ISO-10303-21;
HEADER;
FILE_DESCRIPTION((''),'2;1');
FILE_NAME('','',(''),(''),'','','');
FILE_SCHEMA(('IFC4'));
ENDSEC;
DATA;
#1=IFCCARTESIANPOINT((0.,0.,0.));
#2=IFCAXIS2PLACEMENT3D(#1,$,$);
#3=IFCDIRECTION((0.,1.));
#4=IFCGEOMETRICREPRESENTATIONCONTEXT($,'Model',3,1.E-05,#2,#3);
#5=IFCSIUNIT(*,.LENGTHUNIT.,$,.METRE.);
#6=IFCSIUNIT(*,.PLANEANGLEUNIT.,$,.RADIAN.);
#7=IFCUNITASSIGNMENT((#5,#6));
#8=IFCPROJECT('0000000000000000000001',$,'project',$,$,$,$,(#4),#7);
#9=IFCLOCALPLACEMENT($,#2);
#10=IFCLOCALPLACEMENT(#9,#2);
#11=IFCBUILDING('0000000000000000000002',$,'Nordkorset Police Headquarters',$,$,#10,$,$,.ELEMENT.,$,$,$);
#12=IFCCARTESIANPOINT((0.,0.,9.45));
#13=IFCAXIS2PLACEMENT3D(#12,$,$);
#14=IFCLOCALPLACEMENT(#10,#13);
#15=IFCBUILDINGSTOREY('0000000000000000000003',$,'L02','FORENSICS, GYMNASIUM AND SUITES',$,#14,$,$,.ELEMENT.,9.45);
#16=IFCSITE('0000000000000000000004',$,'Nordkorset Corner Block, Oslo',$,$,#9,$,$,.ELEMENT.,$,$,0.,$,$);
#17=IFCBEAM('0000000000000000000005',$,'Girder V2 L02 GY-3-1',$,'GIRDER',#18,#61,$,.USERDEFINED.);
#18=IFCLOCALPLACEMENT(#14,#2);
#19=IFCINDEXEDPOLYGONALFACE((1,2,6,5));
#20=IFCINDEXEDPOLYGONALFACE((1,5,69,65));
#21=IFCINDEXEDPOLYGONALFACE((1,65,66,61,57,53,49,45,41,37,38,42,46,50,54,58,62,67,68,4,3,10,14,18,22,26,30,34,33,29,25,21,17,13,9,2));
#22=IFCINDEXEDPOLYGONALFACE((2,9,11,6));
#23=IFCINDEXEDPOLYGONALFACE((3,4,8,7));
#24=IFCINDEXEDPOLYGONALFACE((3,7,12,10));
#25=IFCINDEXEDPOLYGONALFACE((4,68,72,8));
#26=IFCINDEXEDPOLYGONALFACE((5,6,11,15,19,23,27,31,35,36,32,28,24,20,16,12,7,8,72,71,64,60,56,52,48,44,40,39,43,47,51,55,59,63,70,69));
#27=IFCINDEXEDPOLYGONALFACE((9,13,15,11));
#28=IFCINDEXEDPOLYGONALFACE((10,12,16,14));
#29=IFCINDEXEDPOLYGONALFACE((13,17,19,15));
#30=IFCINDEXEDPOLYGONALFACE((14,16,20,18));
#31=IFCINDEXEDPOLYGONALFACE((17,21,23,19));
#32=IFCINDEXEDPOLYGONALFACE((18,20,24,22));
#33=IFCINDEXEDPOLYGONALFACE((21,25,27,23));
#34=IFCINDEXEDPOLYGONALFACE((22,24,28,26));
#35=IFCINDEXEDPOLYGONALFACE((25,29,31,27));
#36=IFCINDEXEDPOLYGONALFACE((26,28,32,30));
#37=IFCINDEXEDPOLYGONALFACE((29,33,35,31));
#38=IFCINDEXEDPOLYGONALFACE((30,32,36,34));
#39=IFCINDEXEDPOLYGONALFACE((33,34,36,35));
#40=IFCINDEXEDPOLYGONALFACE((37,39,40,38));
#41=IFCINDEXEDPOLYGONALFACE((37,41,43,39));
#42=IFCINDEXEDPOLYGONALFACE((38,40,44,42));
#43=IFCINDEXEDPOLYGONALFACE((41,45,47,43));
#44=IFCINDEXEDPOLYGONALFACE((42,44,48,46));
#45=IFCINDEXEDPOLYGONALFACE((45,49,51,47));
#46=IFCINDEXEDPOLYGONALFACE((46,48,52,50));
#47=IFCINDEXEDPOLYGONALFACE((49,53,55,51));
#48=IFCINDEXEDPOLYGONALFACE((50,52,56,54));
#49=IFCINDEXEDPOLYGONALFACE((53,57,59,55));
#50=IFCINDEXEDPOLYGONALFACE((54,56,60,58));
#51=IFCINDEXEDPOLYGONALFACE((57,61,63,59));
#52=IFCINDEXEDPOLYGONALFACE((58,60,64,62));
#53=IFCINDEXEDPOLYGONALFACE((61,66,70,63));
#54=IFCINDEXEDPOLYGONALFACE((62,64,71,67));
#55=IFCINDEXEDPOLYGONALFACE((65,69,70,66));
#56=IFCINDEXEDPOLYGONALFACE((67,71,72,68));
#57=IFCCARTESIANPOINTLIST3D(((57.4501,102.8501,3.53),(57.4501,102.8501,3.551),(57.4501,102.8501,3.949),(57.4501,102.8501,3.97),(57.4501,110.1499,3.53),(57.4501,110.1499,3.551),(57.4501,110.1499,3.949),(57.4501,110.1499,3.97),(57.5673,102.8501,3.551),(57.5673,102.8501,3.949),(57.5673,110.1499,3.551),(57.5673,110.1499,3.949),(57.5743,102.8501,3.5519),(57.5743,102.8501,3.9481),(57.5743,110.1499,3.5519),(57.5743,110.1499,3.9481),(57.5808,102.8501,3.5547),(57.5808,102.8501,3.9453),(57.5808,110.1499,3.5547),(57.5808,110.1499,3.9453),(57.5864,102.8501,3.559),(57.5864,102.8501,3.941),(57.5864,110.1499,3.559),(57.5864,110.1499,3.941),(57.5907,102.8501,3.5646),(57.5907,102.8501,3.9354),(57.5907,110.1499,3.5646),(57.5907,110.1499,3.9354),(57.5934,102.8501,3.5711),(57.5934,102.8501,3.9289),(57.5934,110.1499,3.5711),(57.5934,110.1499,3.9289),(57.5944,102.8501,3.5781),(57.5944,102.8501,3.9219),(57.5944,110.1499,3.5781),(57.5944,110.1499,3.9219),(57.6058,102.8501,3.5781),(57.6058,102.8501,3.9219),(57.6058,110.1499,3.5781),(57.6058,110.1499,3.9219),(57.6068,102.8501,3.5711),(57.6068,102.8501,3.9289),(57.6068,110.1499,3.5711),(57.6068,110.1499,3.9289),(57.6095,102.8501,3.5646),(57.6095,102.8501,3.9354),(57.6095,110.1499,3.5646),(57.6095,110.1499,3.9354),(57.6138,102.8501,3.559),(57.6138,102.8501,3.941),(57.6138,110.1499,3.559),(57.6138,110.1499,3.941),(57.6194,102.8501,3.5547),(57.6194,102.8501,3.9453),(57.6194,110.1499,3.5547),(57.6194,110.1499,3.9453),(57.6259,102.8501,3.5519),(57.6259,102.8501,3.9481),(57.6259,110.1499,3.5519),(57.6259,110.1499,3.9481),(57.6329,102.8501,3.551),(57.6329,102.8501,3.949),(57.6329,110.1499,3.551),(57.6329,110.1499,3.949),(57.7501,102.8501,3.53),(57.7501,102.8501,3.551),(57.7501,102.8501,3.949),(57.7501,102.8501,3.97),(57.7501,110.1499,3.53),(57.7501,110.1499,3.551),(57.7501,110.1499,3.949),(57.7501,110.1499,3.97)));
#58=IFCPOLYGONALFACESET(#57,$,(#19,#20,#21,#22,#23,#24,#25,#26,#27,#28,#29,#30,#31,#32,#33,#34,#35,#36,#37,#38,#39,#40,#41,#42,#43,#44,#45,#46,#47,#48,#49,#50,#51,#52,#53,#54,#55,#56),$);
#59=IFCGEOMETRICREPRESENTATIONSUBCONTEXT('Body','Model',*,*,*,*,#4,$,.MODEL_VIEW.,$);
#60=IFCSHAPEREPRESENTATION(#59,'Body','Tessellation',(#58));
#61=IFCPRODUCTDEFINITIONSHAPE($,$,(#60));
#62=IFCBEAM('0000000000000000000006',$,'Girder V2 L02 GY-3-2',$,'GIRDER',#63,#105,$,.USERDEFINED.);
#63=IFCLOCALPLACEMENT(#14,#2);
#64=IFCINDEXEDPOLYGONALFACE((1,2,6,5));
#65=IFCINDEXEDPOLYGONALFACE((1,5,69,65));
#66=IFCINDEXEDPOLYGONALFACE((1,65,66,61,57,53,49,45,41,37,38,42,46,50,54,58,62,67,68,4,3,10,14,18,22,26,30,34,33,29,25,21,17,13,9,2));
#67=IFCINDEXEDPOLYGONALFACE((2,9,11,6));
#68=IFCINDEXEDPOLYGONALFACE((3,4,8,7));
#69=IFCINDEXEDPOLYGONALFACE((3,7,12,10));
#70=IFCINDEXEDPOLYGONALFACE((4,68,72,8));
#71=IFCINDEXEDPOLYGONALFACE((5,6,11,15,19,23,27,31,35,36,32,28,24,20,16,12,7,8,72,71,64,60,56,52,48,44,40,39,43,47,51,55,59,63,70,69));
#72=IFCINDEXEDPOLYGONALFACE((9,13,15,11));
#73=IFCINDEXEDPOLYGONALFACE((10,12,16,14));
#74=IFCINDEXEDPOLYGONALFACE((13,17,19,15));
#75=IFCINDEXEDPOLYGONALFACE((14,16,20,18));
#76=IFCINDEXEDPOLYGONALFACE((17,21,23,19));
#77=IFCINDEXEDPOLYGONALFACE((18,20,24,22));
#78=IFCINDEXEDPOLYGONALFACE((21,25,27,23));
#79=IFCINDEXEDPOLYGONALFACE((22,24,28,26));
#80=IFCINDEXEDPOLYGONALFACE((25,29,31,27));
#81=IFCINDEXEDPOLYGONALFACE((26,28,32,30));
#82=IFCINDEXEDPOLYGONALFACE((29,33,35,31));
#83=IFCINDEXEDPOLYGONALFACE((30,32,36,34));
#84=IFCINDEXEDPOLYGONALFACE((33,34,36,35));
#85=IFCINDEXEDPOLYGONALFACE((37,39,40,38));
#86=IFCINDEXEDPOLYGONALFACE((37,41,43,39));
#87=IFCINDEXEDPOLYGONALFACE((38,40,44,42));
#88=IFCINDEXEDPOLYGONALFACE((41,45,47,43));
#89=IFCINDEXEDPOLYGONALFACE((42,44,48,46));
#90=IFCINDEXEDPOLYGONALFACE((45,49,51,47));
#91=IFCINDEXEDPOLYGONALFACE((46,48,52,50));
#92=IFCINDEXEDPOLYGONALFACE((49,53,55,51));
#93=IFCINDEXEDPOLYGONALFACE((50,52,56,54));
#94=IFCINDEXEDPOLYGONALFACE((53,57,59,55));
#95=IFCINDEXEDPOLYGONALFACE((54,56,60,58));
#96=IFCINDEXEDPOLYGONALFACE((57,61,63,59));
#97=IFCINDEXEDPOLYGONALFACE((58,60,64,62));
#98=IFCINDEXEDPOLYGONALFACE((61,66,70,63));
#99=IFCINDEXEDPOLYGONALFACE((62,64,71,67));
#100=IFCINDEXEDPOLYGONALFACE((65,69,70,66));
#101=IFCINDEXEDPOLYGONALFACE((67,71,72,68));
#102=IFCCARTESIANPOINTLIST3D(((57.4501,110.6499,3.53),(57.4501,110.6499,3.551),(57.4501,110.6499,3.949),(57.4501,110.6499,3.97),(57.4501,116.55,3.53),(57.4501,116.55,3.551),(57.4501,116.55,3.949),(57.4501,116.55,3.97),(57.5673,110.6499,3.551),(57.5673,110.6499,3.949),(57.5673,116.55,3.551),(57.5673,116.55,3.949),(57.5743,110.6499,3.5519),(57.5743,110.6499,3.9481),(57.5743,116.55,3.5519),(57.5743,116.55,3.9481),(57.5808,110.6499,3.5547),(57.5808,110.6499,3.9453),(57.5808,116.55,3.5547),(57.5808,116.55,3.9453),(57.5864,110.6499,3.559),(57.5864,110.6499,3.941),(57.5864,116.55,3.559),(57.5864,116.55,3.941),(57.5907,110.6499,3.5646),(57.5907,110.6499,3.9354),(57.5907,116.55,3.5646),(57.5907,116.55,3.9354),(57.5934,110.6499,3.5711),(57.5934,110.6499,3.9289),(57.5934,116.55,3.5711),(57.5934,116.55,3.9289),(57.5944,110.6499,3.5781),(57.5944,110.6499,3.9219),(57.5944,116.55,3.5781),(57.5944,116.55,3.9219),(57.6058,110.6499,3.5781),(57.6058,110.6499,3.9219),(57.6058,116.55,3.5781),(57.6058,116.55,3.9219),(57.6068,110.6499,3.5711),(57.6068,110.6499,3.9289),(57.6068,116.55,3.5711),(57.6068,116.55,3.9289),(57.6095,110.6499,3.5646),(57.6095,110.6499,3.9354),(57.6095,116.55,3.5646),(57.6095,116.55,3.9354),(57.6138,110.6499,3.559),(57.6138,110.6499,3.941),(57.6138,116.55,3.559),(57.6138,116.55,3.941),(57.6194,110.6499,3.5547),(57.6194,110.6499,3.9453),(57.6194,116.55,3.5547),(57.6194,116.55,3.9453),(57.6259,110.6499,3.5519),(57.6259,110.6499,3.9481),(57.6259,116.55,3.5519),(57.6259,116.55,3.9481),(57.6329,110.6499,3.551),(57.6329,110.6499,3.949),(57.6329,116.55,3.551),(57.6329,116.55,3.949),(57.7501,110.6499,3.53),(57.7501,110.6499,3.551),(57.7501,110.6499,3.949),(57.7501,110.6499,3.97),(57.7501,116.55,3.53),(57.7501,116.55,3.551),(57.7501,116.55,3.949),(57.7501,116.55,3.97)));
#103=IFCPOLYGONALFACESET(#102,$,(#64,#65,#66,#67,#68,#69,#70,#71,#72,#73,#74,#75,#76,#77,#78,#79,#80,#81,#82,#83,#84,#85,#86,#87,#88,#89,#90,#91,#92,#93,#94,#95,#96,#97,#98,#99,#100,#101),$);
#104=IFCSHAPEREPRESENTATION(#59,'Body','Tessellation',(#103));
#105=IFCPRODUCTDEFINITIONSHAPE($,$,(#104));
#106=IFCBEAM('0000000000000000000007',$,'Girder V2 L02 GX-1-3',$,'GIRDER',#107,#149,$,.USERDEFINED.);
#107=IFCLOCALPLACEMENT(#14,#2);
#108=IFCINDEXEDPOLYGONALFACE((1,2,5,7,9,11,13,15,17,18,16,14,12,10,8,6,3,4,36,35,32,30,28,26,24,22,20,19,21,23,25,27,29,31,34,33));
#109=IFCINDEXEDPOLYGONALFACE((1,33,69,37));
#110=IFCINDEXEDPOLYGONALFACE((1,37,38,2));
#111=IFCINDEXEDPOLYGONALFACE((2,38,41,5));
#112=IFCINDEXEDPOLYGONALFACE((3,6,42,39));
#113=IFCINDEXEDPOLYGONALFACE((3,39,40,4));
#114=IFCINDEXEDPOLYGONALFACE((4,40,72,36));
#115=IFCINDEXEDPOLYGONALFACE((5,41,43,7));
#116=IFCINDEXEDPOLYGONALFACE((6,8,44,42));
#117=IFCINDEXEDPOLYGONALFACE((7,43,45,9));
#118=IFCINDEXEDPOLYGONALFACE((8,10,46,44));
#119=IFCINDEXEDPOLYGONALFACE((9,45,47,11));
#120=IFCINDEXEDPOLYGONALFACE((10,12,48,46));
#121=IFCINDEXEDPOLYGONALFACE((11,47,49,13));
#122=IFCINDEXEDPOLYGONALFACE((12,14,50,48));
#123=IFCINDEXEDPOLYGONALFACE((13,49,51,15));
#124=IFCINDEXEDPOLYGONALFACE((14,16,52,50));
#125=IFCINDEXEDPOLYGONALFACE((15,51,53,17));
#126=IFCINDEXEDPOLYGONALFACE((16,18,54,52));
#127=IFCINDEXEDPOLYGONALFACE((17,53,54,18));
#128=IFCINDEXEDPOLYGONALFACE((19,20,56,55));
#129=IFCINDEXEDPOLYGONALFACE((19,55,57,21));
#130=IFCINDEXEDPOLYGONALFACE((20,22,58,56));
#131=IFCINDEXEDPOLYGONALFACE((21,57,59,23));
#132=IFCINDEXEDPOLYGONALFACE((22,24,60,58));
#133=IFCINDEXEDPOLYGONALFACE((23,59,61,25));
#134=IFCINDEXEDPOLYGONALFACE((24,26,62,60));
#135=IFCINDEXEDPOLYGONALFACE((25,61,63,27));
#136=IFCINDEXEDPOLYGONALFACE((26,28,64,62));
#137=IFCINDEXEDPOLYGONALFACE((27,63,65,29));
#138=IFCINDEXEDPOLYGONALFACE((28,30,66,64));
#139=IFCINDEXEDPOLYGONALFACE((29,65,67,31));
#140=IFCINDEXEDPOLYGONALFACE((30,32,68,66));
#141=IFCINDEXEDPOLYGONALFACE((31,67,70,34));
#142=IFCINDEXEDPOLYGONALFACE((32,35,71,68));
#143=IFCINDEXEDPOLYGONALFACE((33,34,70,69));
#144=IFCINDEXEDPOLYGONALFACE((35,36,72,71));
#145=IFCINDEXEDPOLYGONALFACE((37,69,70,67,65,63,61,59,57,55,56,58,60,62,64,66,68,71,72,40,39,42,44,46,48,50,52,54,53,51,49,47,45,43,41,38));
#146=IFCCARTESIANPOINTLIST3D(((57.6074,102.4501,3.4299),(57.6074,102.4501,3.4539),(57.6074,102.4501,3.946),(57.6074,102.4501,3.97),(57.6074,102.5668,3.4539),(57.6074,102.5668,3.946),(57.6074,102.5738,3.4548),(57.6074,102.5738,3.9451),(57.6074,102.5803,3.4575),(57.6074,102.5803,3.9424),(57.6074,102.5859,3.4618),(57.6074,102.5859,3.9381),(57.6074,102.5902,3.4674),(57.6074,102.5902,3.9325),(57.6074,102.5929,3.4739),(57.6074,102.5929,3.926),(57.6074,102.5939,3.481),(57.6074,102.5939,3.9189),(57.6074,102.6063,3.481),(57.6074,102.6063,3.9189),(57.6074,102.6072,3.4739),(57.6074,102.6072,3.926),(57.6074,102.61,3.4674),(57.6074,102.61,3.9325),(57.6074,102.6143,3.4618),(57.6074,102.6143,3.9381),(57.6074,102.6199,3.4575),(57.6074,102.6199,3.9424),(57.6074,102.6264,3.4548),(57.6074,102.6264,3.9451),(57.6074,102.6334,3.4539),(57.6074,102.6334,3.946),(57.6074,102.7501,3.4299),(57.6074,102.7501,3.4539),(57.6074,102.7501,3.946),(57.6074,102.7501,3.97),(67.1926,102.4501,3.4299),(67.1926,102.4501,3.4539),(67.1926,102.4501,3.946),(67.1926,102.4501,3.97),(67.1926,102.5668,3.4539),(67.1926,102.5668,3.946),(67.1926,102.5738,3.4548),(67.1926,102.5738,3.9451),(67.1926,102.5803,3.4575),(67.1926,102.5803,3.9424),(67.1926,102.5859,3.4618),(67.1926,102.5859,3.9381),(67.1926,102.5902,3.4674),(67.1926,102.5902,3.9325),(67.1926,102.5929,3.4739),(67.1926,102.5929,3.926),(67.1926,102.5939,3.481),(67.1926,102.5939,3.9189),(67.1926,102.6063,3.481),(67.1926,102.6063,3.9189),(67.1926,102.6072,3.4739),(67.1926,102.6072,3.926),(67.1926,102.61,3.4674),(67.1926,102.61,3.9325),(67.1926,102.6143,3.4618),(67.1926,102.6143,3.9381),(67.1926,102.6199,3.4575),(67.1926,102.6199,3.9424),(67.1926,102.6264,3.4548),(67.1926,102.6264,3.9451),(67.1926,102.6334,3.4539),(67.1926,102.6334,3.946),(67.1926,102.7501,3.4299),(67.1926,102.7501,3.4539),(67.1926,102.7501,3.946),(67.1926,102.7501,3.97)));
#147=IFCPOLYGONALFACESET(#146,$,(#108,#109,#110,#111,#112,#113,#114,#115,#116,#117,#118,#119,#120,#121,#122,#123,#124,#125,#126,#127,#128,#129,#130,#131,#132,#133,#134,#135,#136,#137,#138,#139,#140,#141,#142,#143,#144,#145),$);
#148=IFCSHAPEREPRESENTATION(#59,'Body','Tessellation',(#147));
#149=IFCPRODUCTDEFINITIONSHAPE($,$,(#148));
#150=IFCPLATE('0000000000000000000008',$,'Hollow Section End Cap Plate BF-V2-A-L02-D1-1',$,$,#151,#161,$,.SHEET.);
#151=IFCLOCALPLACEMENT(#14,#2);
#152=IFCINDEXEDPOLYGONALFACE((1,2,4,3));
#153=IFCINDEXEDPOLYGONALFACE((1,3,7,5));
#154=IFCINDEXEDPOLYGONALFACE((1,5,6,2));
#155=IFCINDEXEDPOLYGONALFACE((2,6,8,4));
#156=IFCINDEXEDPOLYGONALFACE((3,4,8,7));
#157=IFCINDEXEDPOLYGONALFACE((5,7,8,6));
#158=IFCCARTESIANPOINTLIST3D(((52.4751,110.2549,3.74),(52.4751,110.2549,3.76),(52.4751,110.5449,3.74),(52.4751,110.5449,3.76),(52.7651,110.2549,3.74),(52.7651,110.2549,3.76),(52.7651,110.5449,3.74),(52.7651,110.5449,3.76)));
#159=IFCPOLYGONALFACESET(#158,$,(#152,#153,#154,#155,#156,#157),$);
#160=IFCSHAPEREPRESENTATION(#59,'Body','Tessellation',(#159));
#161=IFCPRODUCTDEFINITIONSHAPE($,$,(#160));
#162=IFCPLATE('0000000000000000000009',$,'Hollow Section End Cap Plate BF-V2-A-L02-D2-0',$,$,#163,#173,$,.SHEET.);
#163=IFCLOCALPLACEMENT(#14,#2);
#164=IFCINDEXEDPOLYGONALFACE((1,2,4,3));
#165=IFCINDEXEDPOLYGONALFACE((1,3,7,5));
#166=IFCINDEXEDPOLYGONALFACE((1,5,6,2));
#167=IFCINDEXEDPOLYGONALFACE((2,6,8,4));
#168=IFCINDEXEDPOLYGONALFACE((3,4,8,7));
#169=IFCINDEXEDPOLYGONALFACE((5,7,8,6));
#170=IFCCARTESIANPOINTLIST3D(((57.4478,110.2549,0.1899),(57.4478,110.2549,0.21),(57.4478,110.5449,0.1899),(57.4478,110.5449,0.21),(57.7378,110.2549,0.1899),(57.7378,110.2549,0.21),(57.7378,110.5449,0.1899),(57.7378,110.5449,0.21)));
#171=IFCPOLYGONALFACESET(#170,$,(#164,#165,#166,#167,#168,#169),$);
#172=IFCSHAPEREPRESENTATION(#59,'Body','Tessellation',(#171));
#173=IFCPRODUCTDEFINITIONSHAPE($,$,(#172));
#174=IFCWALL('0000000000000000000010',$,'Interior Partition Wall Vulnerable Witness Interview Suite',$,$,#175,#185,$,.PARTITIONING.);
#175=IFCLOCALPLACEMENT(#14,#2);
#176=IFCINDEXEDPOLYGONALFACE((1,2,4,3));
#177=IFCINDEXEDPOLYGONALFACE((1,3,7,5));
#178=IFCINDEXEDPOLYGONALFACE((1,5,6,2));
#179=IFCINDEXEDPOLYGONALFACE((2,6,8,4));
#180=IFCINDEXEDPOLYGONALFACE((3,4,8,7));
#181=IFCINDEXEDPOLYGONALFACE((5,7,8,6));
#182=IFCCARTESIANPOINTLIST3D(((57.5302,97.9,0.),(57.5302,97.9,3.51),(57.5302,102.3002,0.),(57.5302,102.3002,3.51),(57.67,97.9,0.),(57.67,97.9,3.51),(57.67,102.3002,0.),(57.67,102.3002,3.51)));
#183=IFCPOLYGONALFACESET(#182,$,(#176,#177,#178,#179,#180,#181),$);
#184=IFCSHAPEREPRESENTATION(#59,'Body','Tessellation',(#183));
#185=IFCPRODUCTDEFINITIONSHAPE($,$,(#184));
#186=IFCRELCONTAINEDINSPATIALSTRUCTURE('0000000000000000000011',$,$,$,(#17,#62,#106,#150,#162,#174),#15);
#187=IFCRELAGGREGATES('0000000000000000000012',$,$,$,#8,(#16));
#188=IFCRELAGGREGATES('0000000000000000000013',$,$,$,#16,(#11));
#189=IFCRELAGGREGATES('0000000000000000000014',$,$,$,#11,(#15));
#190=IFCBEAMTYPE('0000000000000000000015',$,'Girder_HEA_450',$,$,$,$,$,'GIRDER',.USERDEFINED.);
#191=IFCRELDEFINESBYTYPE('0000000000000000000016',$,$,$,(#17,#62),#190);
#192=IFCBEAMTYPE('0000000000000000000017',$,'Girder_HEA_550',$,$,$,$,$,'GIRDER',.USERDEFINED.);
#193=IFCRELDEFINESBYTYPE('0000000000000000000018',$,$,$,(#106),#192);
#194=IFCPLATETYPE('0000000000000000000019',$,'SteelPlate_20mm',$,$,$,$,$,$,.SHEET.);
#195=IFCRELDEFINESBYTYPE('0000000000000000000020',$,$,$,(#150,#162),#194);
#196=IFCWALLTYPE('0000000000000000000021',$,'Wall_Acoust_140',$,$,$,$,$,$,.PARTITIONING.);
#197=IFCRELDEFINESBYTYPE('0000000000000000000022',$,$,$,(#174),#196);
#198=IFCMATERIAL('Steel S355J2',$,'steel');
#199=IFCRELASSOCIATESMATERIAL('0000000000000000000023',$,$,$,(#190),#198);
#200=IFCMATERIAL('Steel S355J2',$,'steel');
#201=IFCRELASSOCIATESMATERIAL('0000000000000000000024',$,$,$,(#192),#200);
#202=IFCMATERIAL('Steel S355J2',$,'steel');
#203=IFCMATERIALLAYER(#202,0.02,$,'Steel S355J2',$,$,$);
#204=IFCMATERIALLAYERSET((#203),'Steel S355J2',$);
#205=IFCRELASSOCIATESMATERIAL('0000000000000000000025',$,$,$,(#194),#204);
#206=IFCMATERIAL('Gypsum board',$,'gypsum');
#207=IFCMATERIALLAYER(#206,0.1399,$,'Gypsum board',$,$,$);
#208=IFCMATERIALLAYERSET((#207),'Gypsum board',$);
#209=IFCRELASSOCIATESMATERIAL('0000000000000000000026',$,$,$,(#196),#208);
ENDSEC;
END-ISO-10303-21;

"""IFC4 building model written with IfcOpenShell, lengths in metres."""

from ifc_helpers import new_model, si_unit, direction, frame, frame_2d, origin, origin_2d, place, context, subcontext, project, spatial, rectangle, i_section, extrude, material, layer, layer_set, material_profile, profile_set, type_object, element, save


model = new_model("IFC4")

# Units and contexts
model_context = context("Model", 3, precision=1e-05, world=origin(), true_north=direction((0.0, 1.0)))
body_context = subcontext(model_context, "Body", "Model", "MODEL_VIEW")
ifc_project = project(units=[si_unit("LENGTHUNIT", "METRE"), si_unit("PLANEANGLEUNIT", "RADIAN")], contexts=[model_context])

# Site, building, storey
site_placement = place(None, origin())
site = spatial("IfcSite", under=ifc_project, at=site_placement, Name="Nordkorset Corner Block, Oslo", CompositionType="ELEMENT", RefElevation=0.0)
building_placement = place(site_placement, origin())
building = spatial("IfcBuilding", under=site, at=building_placement, Name="Nordkorset Police Headquarters", CompositionType="ELEMENT")
storey_placement = place(building_placement, frame((0.0, 0.0, 9.45)))
storey = spatial("IfcBuildingStorey", under=building, at=storey_placement, Name="L02", Description="FORENSICS, GYMNASIUM AND SUITES", CompositionType="ELEMENT", Elevation=9.45)

# Beams
ifc_material_1 = material(Name="Steel S355J2", Category="steel")
ifc_material_profile_1 = material_profile(ifc_material_1, i_section(OverallWidth=0.3, OverallDepth=0.4399, WebThickness=0.0115, FlangeThickness=0.021, FilletRadius=0.0271, at=origin_2d()), Name="HEA 450")
ifc_profile_set_1 = profile_set([ifc_material_profile_1], Name="Steel S355J2")
beam_type_1 = type_object("IfcBeamType", Name="Girder_HEA_450", ElementType="GIRDER", PredefinedType="USERDEFINED", material=ifc_profile_set_1)
beam_1_placement = place(storey_placement, frame((57.6001, 102.8501, 3.75), z_axis=(0.0, 1.0, 0.0), x_axis=(-1.0, 0.0, 0.0)))
element("IfcBeam", 1, at=beam_1_placement, inside=storey, type_object=beam_type_1, Name="Girder V2 L02 GY-3-1", ObjectType="GIRDER", PredefinedType="USERDEFINED", context=body_context, shape_type="SweptSolid", body=[
    extrude(i_section(OverallWidth=0.3, OverallDepth=0.4399, WebThickness=0.0115, FlangeThickness=0.021, FilletRadius=0.0271, at=origin_2d()), origin(), (0.0, 0.0, 1.0), 7.2998),
])
beam_2_placement = place(storey_placement, frame((57.6001, 110.6499, 3.75), z_axis=(0.0, 1.0, 0.0), x_axis=(-1.0, 0.0, 0.0)))
element("IfcBeam", 2, at=beam_2_placement, inside=storey, type_object=beam_type_1, Name="Girder V2 L02 GY-3-2", ObjectType="GIRDER", PredefinedType="USERDEFINED", context=body_context, shape_type="SweptSolid", body=[
    extrude(i_section(OverallWidth=0.3, OverallDepth=0.4399, WebThickness=0.0115, FlangeThickness=0.021, FilletRadius=0.0271, at=origin_2d()), origin(), (0.0, 0.0, 1.0), 5.9001),
])
ifc_material_2 = material(Name="Steel S355J2", Category="steel")
ifc_material_profile_2 = material_profile(ifc_material_2, i_section(OverallWidth=0.3, OverallDepth=0.54, WebThickness=0.0125, FlangeThickness=0.0239, FilletRadius=0.0271, at=origin_2d()), Name="HEA 550")
ifc_profile_set_2 = profile_set([ifc_material_profile_2], Name="Steel S355J2")
beam_type_2 = type_object("IfcBeamType", Name="Girder_HEA_550", ElementType="GIRDER", PredefinedType="USERDEFINED", material=ifc_profile_set_2)
beam_3_placement = place(storey_placement, frame((57.6074, 102.6001, 3.7), z_axis=(1.0, 0.0, 0.0), x_axis=(0.0, 1.0, 0.0)))
element("IfcBeam", 3, at=beam_3_placement, inside=storey, type_object=beam_type_2, Name="Girder V2 L02 GX-1-3", ObjectType="GIRDER", PredefinedType="USERDEFINED", context=body_context, shape_type="SweptSolid", body=[
    extrude(i_section(OverallWidth=0.3, OverallDepth=0.54, WebThickness=0.0125, FlangeThickness=0.0239, FilletRadius=0.0271, at=origin_2d()), origin(), (0.0, 0.0, 1.0), 9.5852),
])

# Plates
ifc_material_3 = material(Name="Steel S355J2", Category="steel")
ifc_layer_1 = layer(ifc_material_3, 0.02, Name="Steel S355J2")
ifc_layer_set_1 = layer_set([ifc_layer_1], Name="Steel S355J2")
plate_type = type_object("IfcPlateType", Name="SteelPlate_20mm", PredefinedType="SHEET", material=ifc_layer_set_1)
for number, where, z_axis, x_axis, name in (
    (4, (52.6201, 110.3999, 3.74), (0.0, 0.0, 1.0), (1.0, 0.0, 0.0), "Hollow Section End Cap Plate BF-V2-A-L02-D1-1"),
    (5, (57.5928, 110.3999, 0.1899), (0.0, 0.0, 1.0), (1.0, 0.0, 0.0), "Hollow Section End Cap Plate BF-V2-A-L02-D2-0"),
):
    element("IfcPlate", number, at=place(storey_placement, frame(where, z_axis=z_axis, x_axis=x_axis)), inside=storey, type_object=plate_type, Name=name, PredefinedType="SHEET", context=body_context, shape_type="SweptSolid", body=[
        extrude(rectangle(XDim=0.29, YDim=0.29, at=origin_2d()), origin(), (0.0, 0.0, 1.0), 0.02),
    ])

# Wall
ifc_material_4 = material(Name="Gypsum board", Category="gypsum")
ifc_layer_2 = layer(ifc_material_4, 0.1399, Name="Gypsum board")
ifc_layer_set_2 = layer_set([ifc_layer_2], Name="Gypsum board")
wall_type_1 = type_object("IfcWallType", Name="Wall_Acoust_140", PredefinedType="PARTITIONING", material=ifc_layer_set_2)
wall_1_placement = place(storey_placement, frame((57.6001, 97.8999, 0.0), z_axis=(0.0, 0.0, 1.0), x_axis=(0.0, 1.0, 0.0)))
element("IfcWall", 6, at=wall_1_placement, inside=storey, type_object=wall_type_1, Name="Interior Partition Wall Vulnerable Witness Interview Suite", PredefinedType="PARTITIONING", context=body_context, shape_type="SweptSolid", body=[
    extrude(rectangle(XDim=4.4001, YDim=0.1399, at=frame_2d((2.2002, 0.0))), origin(), (0.0, 0.0, 1.0), 3.51),
])

save(model, "model.ifc")
